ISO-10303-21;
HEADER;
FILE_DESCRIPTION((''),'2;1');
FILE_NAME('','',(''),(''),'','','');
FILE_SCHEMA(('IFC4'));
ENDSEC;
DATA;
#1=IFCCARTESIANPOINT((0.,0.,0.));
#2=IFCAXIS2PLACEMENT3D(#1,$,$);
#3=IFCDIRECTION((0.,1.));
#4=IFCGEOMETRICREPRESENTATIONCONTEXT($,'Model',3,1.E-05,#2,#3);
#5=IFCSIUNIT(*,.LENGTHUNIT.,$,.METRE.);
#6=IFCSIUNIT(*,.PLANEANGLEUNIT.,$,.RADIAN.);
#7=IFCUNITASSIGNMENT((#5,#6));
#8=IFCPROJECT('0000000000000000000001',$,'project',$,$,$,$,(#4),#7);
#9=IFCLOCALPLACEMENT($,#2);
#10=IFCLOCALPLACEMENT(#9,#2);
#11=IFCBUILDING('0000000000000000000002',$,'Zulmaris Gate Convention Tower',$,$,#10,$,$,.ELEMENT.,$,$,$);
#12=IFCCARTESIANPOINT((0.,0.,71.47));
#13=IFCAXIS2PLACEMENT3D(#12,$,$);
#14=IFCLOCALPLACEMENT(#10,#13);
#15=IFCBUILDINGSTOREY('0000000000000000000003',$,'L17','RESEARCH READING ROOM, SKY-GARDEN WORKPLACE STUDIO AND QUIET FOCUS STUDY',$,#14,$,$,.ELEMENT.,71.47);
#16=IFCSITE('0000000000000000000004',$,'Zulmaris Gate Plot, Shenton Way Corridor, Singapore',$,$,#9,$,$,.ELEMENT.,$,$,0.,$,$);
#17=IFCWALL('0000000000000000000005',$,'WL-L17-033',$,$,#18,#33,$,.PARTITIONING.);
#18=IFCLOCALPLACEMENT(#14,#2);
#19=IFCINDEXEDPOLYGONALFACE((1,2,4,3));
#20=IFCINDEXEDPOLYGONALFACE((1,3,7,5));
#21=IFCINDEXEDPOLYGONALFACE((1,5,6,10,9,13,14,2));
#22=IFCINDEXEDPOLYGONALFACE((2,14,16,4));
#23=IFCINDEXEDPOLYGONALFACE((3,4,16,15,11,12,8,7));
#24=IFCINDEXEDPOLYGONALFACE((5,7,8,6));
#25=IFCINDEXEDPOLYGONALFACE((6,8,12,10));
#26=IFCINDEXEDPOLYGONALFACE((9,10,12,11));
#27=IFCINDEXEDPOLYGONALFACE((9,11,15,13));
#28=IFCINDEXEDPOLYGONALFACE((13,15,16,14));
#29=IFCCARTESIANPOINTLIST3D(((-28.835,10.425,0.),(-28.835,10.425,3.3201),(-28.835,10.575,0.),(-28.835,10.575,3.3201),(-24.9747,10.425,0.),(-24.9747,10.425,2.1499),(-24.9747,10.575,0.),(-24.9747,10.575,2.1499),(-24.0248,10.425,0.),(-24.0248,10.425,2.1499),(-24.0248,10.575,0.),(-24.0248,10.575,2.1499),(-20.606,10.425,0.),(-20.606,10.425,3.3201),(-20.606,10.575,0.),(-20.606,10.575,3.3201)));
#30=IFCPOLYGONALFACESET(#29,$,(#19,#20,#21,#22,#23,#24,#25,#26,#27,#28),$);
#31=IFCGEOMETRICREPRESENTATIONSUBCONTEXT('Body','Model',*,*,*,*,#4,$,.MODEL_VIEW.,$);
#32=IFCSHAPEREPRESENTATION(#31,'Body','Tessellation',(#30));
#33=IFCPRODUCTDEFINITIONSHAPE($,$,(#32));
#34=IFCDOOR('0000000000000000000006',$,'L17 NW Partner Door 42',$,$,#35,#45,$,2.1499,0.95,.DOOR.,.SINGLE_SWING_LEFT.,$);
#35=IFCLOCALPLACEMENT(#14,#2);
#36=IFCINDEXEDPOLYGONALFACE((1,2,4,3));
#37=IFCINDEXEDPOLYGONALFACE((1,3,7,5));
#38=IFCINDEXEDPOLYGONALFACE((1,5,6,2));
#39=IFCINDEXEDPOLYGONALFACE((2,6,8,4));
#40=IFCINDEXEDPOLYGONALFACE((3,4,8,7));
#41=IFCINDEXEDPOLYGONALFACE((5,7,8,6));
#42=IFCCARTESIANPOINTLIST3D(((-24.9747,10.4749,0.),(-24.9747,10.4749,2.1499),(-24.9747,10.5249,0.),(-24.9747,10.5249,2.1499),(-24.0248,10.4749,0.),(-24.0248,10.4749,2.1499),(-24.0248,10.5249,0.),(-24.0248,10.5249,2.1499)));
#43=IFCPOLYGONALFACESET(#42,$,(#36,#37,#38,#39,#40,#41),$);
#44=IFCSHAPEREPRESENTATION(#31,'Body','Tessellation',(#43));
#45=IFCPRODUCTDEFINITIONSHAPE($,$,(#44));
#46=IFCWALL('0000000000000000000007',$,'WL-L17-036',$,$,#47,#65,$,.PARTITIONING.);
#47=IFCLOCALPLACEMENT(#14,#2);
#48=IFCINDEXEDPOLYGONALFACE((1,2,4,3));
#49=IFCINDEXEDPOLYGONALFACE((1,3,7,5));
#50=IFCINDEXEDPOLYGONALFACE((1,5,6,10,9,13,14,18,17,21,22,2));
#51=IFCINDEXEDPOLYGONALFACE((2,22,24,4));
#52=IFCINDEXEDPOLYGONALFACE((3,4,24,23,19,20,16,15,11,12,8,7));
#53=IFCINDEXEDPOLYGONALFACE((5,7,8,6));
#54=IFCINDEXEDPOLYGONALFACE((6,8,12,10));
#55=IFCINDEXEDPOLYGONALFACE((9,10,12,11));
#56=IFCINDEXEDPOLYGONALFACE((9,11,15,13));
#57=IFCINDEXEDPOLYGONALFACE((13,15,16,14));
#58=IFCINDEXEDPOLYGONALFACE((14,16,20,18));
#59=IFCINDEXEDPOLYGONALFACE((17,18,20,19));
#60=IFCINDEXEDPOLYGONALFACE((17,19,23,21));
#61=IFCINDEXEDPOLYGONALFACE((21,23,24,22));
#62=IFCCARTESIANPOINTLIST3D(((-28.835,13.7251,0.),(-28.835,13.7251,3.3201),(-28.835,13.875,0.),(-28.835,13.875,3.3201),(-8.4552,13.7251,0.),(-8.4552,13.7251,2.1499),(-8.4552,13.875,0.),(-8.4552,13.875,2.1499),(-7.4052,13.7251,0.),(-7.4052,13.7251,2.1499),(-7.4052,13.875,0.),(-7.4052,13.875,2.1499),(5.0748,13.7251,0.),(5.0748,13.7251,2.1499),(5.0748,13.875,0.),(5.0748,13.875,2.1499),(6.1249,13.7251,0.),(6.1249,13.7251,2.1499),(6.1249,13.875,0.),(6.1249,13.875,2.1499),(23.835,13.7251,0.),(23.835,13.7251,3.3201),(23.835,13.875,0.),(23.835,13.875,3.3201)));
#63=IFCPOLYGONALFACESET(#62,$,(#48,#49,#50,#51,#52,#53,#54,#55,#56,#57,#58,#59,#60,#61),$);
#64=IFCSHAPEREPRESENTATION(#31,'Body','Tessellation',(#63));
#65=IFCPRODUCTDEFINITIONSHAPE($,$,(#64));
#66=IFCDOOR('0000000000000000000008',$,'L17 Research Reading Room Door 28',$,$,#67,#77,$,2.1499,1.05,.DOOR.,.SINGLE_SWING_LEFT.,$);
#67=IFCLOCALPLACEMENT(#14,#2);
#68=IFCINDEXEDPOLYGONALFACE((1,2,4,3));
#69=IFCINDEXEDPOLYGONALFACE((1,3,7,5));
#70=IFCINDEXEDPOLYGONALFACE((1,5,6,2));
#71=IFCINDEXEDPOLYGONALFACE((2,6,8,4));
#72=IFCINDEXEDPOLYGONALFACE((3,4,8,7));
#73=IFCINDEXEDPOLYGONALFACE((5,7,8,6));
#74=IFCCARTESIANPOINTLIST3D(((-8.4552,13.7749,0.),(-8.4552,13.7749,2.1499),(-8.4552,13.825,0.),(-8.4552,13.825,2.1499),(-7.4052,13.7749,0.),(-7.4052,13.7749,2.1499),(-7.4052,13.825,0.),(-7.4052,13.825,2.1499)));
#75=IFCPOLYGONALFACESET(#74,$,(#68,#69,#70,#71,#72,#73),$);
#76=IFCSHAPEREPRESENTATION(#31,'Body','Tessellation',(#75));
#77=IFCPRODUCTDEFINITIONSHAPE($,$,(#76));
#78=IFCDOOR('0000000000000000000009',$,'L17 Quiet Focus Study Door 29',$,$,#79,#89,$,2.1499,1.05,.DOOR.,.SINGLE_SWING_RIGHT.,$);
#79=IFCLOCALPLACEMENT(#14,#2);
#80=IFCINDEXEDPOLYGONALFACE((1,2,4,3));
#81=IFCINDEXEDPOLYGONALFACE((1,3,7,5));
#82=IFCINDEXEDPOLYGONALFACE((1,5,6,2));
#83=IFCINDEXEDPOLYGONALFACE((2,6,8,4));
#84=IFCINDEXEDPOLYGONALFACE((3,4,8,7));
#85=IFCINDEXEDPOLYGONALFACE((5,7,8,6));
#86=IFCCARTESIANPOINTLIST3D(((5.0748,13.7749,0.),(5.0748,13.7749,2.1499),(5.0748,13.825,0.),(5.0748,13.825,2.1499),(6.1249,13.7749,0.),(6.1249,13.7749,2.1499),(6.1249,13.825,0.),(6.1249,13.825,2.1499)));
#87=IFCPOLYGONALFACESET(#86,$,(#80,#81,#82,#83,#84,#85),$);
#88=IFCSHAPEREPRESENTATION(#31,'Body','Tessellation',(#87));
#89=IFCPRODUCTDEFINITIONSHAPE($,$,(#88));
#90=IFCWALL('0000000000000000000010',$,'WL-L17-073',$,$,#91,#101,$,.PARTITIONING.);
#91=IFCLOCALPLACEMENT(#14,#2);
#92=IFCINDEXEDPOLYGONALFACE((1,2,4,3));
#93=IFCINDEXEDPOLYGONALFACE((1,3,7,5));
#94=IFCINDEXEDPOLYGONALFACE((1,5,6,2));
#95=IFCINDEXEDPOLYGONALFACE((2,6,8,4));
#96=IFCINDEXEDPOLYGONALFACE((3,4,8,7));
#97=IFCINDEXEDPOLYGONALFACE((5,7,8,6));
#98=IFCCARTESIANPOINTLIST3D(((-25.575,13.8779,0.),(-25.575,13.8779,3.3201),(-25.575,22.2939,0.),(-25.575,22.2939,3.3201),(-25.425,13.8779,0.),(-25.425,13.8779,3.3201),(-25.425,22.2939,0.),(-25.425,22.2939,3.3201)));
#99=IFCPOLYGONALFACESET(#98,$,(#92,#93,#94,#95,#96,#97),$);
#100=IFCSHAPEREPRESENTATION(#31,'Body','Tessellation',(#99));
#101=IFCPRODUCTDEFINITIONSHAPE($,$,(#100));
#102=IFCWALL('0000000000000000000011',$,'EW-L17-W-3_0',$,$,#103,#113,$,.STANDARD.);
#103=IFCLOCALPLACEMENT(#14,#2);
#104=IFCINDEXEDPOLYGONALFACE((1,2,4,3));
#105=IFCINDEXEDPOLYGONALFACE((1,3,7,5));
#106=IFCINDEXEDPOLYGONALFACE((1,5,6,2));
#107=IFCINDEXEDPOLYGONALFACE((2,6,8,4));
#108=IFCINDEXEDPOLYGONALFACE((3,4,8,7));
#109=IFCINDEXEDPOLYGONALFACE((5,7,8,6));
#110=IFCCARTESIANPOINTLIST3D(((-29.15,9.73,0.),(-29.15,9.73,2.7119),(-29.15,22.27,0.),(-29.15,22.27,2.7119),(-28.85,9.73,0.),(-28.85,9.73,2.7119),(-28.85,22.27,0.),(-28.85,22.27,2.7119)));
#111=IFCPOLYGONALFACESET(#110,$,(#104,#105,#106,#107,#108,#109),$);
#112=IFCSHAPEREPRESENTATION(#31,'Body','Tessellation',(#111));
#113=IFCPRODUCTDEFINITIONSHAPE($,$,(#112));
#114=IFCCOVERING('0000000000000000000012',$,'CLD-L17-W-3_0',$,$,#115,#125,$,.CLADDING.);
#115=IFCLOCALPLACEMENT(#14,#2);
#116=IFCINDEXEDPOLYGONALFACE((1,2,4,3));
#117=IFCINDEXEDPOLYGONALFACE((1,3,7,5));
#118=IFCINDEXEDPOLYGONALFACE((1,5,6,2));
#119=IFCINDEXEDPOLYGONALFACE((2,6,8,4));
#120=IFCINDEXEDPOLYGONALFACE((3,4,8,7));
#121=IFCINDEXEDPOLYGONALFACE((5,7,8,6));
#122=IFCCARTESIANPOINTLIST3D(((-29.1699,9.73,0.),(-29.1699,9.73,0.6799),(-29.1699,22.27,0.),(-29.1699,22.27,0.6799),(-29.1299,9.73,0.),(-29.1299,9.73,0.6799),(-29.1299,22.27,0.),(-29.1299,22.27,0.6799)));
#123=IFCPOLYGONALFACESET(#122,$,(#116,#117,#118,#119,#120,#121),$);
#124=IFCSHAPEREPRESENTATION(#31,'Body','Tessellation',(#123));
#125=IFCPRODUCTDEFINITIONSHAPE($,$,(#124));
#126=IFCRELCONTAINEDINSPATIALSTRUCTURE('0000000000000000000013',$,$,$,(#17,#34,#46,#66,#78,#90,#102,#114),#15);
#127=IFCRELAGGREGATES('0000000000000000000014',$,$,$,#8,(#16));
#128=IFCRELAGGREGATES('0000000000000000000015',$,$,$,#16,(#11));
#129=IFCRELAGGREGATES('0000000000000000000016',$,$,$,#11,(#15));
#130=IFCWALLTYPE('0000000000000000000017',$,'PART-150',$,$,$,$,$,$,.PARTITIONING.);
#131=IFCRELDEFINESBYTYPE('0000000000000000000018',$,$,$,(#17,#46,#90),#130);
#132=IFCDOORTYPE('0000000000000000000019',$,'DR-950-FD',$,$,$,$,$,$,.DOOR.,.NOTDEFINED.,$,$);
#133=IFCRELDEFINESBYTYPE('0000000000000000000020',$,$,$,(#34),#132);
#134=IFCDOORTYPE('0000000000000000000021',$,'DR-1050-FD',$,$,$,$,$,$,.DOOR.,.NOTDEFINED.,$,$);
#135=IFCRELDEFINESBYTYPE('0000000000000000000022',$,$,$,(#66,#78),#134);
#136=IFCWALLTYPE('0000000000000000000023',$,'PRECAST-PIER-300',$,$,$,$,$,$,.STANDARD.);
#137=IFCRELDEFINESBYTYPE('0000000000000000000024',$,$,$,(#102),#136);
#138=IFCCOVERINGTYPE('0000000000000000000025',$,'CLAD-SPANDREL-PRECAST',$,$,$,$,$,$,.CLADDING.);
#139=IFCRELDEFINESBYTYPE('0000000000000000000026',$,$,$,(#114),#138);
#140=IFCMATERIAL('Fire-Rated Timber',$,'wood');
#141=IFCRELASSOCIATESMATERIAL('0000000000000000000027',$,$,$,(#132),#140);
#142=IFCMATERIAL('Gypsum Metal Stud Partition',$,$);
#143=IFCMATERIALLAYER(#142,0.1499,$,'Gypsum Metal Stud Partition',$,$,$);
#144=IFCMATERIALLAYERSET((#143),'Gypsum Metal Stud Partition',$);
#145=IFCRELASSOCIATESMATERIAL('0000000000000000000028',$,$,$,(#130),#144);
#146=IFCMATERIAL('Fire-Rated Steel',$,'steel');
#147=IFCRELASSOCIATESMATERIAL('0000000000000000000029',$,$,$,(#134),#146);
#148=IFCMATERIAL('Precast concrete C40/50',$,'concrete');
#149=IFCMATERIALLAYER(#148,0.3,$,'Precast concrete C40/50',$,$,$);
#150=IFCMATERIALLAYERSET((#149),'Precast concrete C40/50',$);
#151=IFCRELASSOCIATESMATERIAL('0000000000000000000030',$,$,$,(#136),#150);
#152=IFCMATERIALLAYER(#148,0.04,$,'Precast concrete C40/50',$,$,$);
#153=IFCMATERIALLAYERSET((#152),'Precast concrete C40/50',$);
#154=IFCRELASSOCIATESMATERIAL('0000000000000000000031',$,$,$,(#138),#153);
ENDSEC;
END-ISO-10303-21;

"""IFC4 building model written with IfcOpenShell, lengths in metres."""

from ifc_helpers import new_model, si_unit, direction, frame, frame_2d, origin, place, context, subcontext, project, spatial, rectangle, extrude, material, layer, layer_set, type_object, element, fill, save


model = new_model("IFC4")

# Units and contexts
model_context = context("Model", 3, precision=1e-05, world=origin(), true_north=direction((0.0, 1.0)))
body_context = subcontext(model_context, "Body", "Model", "MODEL_VIEW")
ifc_project = project(units=[si_unit("LENGTHUNIT", "METRE"), si_unit("PLANEANGLEUNIT", "RADIAN")], contexts=[model_context])

# Site, building, storey
site_placement = place(None, origin())
site = spatial("IfcSite", under=ifc_project, at=site_placement, Name="Zulmaris Gate Plot, Shenton Way Corridor, Singapore", CompositionType="ELEMENT", RefElevation=0.0)
building_placement = place(site_placement, origin())
building = spatial("IfcBuilding", under=site, at=building_placement, Name="Zulmaris Gate Convention Tower", CompositionType="ELEMENT")
storey_placement = place(building_placement, frame((0.0, 0.0, 71.47)))
storey = spatial("IfcBuildingStorey", under=building, at=storey_placement, Name="L17", Description="RESEARCH READING ROOM, SKY-GARDEN WORKPLACE STUDIO AND QUIET FOCUS STUDY", CompositionType="ELEMENT", Elevation=71.47)

# Wall, opening, door
ifc_material_1 = material(Name="Fire-Rated Timber", Category="wood")
door_type_1 = type_object("IfcDoorType", Name="DR-950-FD", OperationType="NOTDEFINED", PredefinedType="DOOR", material=ifc_material_1)
ifc_material_2 = material(Name="Fire-Rated Steel", Category="steel")
ifc_material_3 = material(Name="Gypsum Metal Stud Partition")
ifc_layer_1 = layer(ifc_material_3, 0.1499, Name="Gypsum Metal Stud Partition")
ifc_layer_set_1 = layer_set([ifc_layer_1], Name="Gypsum Metal Stud Partition")
wall_type_1 = type_object("IfcWallType", Name="PART-150", PredefinedType="PARTITIONING", material=ifc_layer_set_1)
wall_1_placement = place(storey_placement, frame((-28.835, 10.5, 0.0), z_axis=(0.0, 0.0, 1.0), x_axis=(1.0, 0.0, 0.0)))
wall_1 = element("IfcWall", 1, at=wall_1_placement, inside=storey, type_object=wall_type_1, Name="WL-L17-033", PredefinedType="PARTITIONING", context=body_context, shape_type="SweptSolid", body=[
    extrude(rectangle(XDim=8.229, YDim=0.1499, at=frame_2d((4.1145, 0.0))), origin(), (0.0, 0.0, 1.0), 3.3201),
])
opening_1_placement = place(wall_1_placement, frame((3.8601, 0.0, 0.0)))
opening_1 = element("IfcOpeningElement", 2, at=opening_1_placement, cuts=wall_1, PredefinedType="OPENING", context=body_context, shape_type="SweptSolid", body=[
    extrude(rectangle(XDim=0.95, YDim=2.1499, at=frame_2d((0.4751, 1.075))), frame((0.0, 0.085, 0.0), z_axis=(0.0, -1.0, 0.0), x_axis=(1.0, 0.0, 0.0)), (0.0, 0.0, 1.0), 0.1699),
])
door_1_placement = place(opening_1_placement, origin())
door_1 = element("IfcDoor", 3, at=door_1_placement, inside=storey, type_object=door_type_1, Name="L17 NW Partner Door 42", OperationType="SINGLE_SWING_LEFT", OverallHeight=2.1499, OverallWidth=0.95, PredefinedType="DOOR", context=body_context, shape_type="SweptSolid", body=[
    extrude(rectangle(XDim=0.95, YDim=2.1499, at=frame_2d((0.4751, 1.075))), frame((0.0, 0.0249, 0.0), z_axis=(0.0, -1.0, 0.0), x_axis=(1.0, 0.0, 0.0)), (0.0, 0.0, 1.0), 0.05),
])
fill(opening_1, door_1)

# Wall, openings, doors
wall_2_placement = place(storey_placement, frame((-28.835, 13.8, 0.0), z_axis=(0.0, 0.0, 1.0), x_axis=(1.0, 0.0, 0.0)))
wall_2 = element("IfcWall", 4, at=wall_2_placement, inside=storey, type_object=wall_type_1, Name="WL-L17-036", PredefinedType="PARTITIONING", context=body_context, shape_type="SweptSolid", body=[
    extrude(rectangle(XDim=52.6699, YDim=0.1499, at=frame_2d((26.335, 0.0))), origin(), (0.0, 0.0, 1.0), 3.3201),
])
opening_2_placement = place(wall_2_placement, frame((20.3799, 0.0, 0.0)))
opening_2 = element("IfcOpeningElement", 5, at=opening_2_placement, cuts=wall_2, PredefinedType="OPENING", context=body_context, shape_type="SweptSolid", body=[
    extrude(rectangle(XDim=1.05, YDim=2.1499, at=frame_2d((0.5249, 1.075))), frame((0.0, 0.085, 0.0), z_axis=(0.0, -1.0, 0.0), x_axis=(1.0, 0.0, 0.0)), (0.0, 0.0, 1.0), 0.1699),
])
opening_3_placement = place(wall_2_placement, frame((33.9099, 0.0, 0.0)))
opening_3 = element("IfcOpeningElement", 6, at=opening_3_placement, cuts=wall_2, PredefinedType="OPENING", context=body_context, shape_type="SweptSolid", body=[
    extrude(rectangle(XDim=1.05, YDim=2.1499, at=frame_2d((0.5249, 1.075))), frame((0.0, 0.085, 0.0), z_axis=(0.0, -1.0, 0.0), x_axis=(1.0, 0.0, 0.0)), (0.0, 0.0, 1.0), 0.1699),
])
door_type_2 = type_object("IfcDoorType", Name="DR-1050-FD", OperationType="NOTDEFINED", PredefinedType="DOOR", material=ifc_material_2)
door_2_placement = place(opening_2_placement, origin())
door_2 = element("IfcDoor", 7, at=door_2_placement, inside=storey, type_object=door_type_2, Name="L17 Research Reading Room Door 28", OperationType="SINGLE_SWING_LEFT", OverallHeight=2.1499, OverallWidth=1.05, PredefinedType="DOOR", context=body_context, shape_type="SweptSolid", body=[
    extrude(rectangle(XDim=1.05, YDim=2.1499, at=frame_2d((0.5249, 1.075))), frame((0.0, 0.0249, 0.0), z_axis=(0.0, -1.0, 0.0), x_axis=(1.0, 0.0, 0.0)), (0.0, 0.0, 1.0), 0.05),
])
fill(opening_2, door_2)
door_3_placement = place(opening_3_placement, origin())
door_3 = element("IfcDoor", 8, at=door_3_placement, inside=storey, type_object=door_type_2, Name="L17 Quiet Focus Study Door 29", OperationType="SINGLE_SWING_RIGHT", OverallHeight=2.1499, OverallWidth=1.05, PredefinedType="DOOR", context=body_context, shape_type="SweptSolid", body=[
    extrude(rectangle(XDim=1.05, YDim=2.1499, at=frame_2d((0.5249, 1.075))), frame((0.0, 0.0249, 0.0), z_axis=(0.0, -1.0, 0.0), x_axis=(1.0, 0.0, 0.0)), (0.0, 0.0, 1.0), 0.05),
])
fill(opening_3, door_3)

# Wall
wall_3_placement = place(storey_placement, frame((-25.5, 13.8779, 0.0), z_axis=(0.0, 0.0, 1.0), x_axis=(0.0, 1.0, 0.0)))
element("IfcWall", 9, at=wall_3_placement, inside=storey, type_object=wall_type_1, Name="WL-L17-073", PredefinedType="PARTITIONING", context=body_context, shape_type="SweptSolid", body=[
    extrude(rectangle(XDim=8.416, YDim=0.1499, at=frame_2d((4.208, 0.0))), origin(), (0.0, 0.0, 1.0), 3.3201),
])

# Wall
ifc_material_4 = material(Name="Precast concrete C40/50", Category="concrete")
ifc_layer_2 = layer(ifc_material_4, 0.3, Name="Precast concrete C40/50")
ifc_layer_set_2 = layer_set([ifc_layer_2], Name="Precast concrete C40/50")
wall_type_2 = type_object("IfcWallType", Name="PRECAST-PIER-300", PredefinedType="STANDARD", material=ifc_layer_set_2)
wall_4_placement = place(storey_placement, frame((-29.0, 22.27, 0.0), z_axis=(0.0, 0.0, 1.0), x_axis=(0.0, -1.0, 0.0)))
element("IfcWall", 10, at=wall_4_placement, inside=storey, type_object=wall_type_2, Name="EW-L17-W-3_0", PredefinedType="STANDARD", context=body_context, shape_type="SweptSolid", body=[
    extrude(rectangle(XDim=12.54, YDim=0.3, at=frame_2d((6.27, 0.0))), origin(), (0.0, 0.0, 1.0), 2.7119),
])

# Covering
ifc_layer_3 = layer(ifc_material_4, 0.04, Name="Precast concrete C40/50")
ifc_layer_set_3 = layer_set([ifc_layer_3], Name="Precast concrete C40/50")
covering_type = type_object("IfcCoveringType", Name="CLAD-SPANDREL-PRECAST", PredefinedType="CLADDING", material=ifc_layer_set_3)
covering_placement = place(storey_placement, frame((-29.1499, 22.27, 0.0), z_axis=(0.0, 0.0, 1.0), x_axis=(0.0, -1.0, 0.0)))
element("IfcCovering", 11, at=covering_placement, inside=storey, type_object=covering_type, Name="CLD-L17-W-3_0", PredefinedType="CLADDING", context=body_context, shape_type="SweptSolid", body=[
    extrude(rectangle(XDim=12.54, YDim=0.04, at=frame_2d((6.27, 0.0))), origin(), (0.0, 0.0, 1.0), 0.6799),
])

save(model, "model.ifc")
